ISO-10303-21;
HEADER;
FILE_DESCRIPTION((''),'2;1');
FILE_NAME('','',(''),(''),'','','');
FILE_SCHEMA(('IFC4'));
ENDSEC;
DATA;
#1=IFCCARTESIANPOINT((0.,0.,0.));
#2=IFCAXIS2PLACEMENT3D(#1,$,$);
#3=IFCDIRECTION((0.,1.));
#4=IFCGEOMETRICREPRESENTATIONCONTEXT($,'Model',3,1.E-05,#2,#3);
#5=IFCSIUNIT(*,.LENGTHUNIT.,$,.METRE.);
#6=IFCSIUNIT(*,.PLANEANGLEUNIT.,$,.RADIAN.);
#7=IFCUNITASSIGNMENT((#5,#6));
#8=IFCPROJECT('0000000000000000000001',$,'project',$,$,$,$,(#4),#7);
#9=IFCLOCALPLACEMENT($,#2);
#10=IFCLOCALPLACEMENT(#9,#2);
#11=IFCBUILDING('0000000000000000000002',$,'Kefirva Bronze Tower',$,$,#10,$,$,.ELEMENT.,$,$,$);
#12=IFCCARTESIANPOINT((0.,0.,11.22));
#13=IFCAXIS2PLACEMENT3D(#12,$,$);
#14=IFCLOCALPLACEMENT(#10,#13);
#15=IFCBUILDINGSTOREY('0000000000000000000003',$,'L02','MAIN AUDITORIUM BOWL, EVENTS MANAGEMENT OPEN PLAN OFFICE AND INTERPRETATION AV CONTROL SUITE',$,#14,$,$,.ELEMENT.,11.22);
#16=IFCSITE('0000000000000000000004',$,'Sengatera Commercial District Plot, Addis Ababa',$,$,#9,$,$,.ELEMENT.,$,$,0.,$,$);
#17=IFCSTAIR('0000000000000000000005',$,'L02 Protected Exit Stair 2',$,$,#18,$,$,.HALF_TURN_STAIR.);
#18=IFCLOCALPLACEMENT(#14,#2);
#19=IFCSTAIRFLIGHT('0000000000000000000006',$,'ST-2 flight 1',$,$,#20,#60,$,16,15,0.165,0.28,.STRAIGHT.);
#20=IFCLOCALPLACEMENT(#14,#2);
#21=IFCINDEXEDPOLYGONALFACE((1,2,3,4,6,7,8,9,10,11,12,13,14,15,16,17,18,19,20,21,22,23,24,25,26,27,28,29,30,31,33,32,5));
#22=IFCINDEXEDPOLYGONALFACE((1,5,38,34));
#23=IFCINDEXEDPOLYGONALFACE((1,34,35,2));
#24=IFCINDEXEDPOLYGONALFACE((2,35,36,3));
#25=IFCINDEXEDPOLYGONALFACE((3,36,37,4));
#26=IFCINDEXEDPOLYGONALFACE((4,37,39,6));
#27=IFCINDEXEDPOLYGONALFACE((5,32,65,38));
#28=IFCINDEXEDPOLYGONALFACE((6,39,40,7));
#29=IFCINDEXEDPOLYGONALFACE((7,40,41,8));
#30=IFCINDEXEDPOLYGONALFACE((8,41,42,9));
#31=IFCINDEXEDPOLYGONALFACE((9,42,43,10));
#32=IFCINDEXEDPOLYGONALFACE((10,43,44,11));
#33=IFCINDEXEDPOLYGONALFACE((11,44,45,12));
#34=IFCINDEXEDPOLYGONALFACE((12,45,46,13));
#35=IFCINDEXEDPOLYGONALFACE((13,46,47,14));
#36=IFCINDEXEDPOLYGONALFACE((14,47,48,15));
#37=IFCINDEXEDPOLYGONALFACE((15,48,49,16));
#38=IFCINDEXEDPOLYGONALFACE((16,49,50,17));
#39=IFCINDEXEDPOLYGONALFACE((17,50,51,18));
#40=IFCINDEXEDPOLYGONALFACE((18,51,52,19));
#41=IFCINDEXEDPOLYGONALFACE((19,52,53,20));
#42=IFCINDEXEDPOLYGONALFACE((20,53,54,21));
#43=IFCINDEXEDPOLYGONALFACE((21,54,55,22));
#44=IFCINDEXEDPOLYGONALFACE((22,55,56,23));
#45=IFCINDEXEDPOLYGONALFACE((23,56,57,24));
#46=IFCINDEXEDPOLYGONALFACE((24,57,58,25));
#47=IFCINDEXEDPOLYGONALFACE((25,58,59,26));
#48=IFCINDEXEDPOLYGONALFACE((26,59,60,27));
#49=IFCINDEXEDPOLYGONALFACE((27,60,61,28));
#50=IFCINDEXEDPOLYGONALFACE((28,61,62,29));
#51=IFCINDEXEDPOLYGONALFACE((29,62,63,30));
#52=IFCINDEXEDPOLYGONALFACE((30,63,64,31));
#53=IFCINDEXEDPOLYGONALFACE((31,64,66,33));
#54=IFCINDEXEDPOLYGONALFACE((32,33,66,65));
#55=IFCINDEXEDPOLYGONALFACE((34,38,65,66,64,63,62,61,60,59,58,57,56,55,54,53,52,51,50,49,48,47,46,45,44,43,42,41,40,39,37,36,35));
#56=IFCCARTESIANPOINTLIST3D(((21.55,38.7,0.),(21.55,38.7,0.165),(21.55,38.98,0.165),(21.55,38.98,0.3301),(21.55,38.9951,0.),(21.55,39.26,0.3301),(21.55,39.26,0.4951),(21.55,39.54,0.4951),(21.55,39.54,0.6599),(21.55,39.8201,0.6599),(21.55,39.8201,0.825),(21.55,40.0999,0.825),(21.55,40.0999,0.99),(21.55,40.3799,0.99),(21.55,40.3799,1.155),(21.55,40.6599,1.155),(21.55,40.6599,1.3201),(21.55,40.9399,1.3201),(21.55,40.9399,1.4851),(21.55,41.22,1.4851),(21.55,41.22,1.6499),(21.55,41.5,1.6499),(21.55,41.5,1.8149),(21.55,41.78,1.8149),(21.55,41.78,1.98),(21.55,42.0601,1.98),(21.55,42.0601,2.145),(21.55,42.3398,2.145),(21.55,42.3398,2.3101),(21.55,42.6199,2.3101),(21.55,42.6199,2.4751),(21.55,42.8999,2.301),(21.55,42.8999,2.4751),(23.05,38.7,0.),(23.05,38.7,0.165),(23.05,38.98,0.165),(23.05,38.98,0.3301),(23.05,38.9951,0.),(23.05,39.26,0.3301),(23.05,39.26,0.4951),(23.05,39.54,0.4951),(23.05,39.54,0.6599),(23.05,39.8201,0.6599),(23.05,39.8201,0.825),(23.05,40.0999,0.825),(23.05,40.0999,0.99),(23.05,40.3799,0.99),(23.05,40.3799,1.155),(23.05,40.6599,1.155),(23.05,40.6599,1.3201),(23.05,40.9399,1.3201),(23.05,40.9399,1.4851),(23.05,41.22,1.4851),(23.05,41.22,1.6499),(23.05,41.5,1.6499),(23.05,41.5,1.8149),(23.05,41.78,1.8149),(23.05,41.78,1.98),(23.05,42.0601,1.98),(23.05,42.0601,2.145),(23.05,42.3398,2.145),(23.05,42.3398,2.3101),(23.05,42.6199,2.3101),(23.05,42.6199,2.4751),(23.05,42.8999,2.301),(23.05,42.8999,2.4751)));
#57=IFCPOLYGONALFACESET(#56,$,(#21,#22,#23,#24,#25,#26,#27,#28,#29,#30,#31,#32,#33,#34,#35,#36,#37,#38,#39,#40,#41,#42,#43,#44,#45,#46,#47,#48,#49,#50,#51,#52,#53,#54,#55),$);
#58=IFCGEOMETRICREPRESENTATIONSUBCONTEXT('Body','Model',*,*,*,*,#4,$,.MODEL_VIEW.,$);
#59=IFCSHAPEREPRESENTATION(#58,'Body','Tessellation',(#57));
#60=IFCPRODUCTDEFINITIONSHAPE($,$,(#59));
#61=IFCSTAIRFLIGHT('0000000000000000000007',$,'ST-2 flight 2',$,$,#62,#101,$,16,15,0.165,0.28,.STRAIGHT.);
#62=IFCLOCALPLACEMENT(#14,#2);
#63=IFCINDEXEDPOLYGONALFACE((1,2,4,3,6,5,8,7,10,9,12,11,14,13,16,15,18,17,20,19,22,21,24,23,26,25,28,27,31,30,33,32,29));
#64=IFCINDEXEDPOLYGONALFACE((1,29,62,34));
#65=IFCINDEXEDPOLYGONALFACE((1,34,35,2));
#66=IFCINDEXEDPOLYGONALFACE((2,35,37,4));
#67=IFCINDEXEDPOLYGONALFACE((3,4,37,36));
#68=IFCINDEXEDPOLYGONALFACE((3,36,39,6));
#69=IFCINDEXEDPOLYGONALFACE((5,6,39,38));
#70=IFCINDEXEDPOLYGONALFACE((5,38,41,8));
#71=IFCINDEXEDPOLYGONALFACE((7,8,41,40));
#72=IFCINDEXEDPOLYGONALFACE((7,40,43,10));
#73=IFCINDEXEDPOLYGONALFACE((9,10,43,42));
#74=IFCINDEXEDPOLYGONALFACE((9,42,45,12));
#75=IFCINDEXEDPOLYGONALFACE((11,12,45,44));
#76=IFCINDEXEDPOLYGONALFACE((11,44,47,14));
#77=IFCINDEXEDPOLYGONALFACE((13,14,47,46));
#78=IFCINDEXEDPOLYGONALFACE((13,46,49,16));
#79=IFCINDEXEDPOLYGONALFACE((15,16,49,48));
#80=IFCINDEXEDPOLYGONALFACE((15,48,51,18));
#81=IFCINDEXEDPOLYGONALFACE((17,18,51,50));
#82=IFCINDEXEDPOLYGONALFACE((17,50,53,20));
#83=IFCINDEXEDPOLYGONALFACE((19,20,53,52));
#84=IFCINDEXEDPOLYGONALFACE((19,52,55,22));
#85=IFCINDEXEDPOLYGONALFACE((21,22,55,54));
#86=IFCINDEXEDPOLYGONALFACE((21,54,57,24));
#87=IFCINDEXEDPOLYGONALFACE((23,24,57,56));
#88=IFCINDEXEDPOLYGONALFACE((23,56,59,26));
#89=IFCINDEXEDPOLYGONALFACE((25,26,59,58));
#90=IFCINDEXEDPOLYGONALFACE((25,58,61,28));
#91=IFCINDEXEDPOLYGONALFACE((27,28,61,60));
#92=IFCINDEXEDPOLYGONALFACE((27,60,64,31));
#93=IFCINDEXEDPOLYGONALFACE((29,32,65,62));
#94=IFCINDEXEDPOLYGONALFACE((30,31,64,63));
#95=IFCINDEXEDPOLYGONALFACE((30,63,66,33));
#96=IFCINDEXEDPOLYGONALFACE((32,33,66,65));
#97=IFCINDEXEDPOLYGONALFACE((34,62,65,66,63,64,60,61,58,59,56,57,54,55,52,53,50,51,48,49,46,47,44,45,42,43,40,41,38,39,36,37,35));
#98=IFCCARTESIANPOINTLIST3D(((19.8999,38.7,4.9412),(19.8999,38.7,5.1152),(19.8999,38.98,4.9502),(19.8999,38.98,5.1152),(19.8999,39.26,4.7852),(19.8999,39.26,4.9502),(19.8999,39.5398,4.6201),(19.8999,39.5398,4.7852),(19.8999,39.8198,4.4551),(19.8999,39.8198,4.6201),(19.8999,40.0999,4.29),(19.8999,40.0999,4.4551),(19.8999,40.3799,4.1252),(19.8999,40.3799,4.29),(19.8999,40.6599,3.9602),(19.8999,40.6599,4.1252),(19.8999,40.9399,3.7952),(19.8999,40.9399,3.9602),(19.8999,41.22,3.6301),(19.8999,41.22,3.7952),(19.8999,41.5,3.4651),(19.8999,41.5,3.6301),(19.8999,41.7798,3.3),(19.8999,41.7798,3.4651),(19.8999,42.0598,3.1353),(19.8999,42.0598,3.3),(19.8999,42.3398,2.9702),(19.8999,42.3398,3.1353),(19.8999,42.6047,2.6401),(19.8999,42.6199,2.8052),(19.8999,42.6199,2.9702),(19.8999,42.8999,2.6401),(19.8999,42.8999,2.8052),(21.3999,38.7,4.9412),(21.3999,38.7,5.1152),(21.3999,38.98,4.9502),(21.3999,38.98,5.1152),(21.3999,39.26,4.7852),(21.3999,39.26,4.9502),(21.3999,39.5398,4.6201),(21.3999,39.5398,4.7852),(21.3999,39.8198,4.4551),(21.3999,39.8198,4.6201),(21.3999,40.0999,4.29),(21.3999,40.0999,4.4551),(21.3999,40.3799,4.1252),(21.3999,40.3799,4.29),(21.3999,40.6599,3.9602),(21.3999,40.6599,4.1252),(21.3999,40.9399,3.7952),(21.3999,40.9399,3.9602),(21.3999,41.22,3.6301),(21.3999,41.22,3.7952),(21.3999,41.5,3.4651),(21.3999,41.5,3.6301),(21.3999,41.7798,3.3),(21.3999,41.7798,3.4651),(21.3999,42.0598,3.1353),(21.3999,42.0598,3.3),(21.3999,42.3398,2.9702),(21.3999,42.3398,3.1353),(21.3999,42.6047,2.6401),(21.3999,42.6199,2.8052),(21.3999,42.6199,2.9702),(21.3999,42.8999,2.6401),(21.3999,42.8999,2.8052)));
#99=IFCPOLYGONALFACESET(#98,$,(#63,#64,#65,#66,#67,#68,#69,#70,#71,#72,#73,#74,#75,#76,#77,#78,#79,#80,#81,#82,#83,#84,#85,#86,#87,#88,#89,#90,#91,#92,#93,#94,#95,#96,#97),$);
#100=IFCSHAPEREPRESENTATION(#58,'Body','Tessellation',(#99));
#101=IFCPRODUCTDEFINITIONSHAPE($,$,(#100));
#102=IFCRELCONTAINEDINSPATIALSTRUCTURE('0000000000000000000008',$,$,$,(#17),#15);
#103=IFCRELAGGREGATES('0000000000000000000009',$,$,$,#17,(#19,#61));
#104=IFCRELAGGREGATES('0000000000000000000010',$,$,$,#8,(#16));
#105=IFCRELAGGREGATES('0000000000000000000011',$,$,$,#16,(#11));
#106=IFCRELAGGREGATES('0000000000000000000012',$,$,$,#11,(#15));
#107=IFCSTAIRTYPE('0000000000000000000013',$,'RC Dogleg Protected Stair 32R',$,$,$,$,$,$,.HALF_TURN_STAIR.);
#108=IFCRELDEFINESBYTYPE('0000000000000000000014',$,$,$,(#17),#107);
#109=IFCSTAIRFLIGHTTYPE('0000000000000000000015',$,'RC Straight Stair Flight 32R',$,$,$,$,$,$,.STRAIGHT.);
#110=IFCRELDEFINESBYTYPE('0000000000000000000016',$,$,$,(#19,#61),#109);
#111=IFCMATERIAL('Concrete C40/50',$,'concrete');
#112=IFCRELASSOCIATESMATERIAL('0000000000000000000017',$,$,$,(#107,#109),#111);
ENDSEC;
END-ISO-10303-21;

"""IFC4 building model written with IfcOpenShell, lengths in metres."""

from ifc_helpers import new_model, si_unit, direction, frame, origin, place, context, subcontext, project, spatial, polyline, outline, extrude, material, type_object, element, aggregate, save


model = new_model("IFC4")

# Units and contexts
model_context = context("Model", 3, precision=1e-05, world=origin(), true_north=direction((0.0, 1.0)))
body_context = subcontext(model_context, "Body", "Model", "MODEL_VIEW")
ifc_project = project(units=[si_unit("LENGTHUNIT", "METRE"), si_unit("PLANEANGLEUNIT", "RADIAN")], contexts=[model_context])

# Site, building, storey
site_placement = place(None, origin())
site = spatial("IfcSite", under=ifc_project, at=site_placement, Name="Sengatera Commercial District Plot, Addis Ababa", CompositionType="ELEMENT", RefElevation=0.0)
building_placement = place(site_placement, origin())
building = spatial("IfcBuilding", under=site, at=building_placement, Name="Kefirva Bronze Tower", CompositionType="ELEMENT")
storey_placement = place(building_placement, frame((0.0, 0.0, 11.22)))
storey = spatial("IfcBuildingStorey", under=building, at=storey_placement, Name="L02", Description="MAIN AUDITORIUM BOWL, EVENTS MANAGEMENT OPEN PLAN OFFICE AND INTERPRETATION AV CONTROL SUITE", CompositionType="ELEMENT", Elevation=11.22)

# Stair, stair flights
ifc_material_1 = material(Name="Concrete C40/50", Category="concrete")
stair_type = type_object("IfcStairType", Name="RC Dogleg Protected Stair 32R", PredefinedType="HALF_TURN_STAIR", material=ifc_material_1)
stair_placement = place(storey_placement, origin())
stair = element("IfcStair", 1, at=stair_placement, inside=storey, type_object=stair_type, Name="L02 Protected Exit Stair 2", PredefinedType="HALF_TURN_STAIR")
stair_flight_type = type_object("IfcStairFlightType", Name="RC Straight Stair Flight 32R", PredefinedType="STRAIGHT", material=ifc_material_1)
stair_flight_1_placement = place(storey_placement, frame((22.3, 38.7, 0.0), z_axis=(0.0, 0.0, 1.0), x_axis=(0.0, 1.0, 0.0)))
stair_flight_1 = element("IfcStairFlight", 2, at=stair_flight_1_placement, type_object=stair_flight_type, Name="ST-2 flight 1", NumberOfRisers=16, NumberOfTreads=15, PredefinedType="STRAIGHT", RiserHeight=0.165, TreadLength=0.28, context=body_context, shape_type="SweptSolid", body=[
    extrude(outline(polyline([(0.0, 0.0), (0.0, 0.165), (0.28, 0.165), (0.28, 0.3301), (0.5601, 0.3301), (0.5601, 0.4951), (0.8401, 0.4951), (0.8401, 0.6599), (1.1201, 0.6599), (1.1201, 0.825), (1.3999, 0.825), (1.3999, 0.99), (1.6799, 0.99), (1.6799, 1.155), (1.96, 1.155), (1.96, 1.3201), (2.24, 1.3201), (2.24, 1.4851), (2.52, 1.4851), (2.52, 1.6499), (2.8, 1.6499), (2.8, 1.8149), (3.0801, 1.8149), (3.0801, 1.98), (3.3601, 1.98), (3.3601, 2.145), (3.6399, 2.145), (3.6399, 2.3101), (3.9199, 2.3101), (3.9199, 2.4751), (4.2, 2.4751), (4.2, 2.6399), (4.2, 2.301), (0.2952, 0.0), (0.0, 0.0)])), frame((0.0, 0.75, 0.0), z_axis=(0.0, -1.0, 0.0), x_axis=(1.0, 0.0, 0.0)), (0.0, 0.0, 1.0), 1.5),
])
stair_flight_2_placement = place(storey_placement, frame((20.6499, 42.8999, 2.6401), z_axis=(0.0, 0.0, 1.0), x_axis=(0.0, -1.0, 0.0)))
stair_flight_2 = element("IfcStairFlight", 3, at=stair_flight_2_placement, type_object=stair_flight_type, Name="ST-2 flight 2", NumberOfRisers=16, NumberOfTreads=15, PredefinedType="STRAIGHT", RiserHeight=0.165, TreadLength=0.28, context=body_context, shape_type="SweptSolid", body=[
    extrude(outline(polyline([(0.0, 0.0), (0.0, 0.165), (0.28, 0.165), (0.28, 0.3301), (0.5601, 0.3301), (0.5601, 0.4951), (0.8401, 0.4951), (0.8401, 0.6599), (1.1201, 0.6599), (1.1201, 0.825), (1.3999, 0.825), (1.3999, 0.99), (1.6799, 0.99), (1.6799, 1.155), (1.96, 1.155), (1.96, 1.3201), (2.24, 1.3201), (2.24, 1.4851), (2.52, 1.4851), (2.52, 1.6499), (2.8, 1.6499), (2.8, 1.8149), (3.0801, 1.8149), (3.0801, 1.98), (3.3601, 1.98), (3.3601, 2.145), (3.6399, 2.145), (3.6399, 2.3101), (3.9199, 2.3101), (3.9199, 2.4751), (4.2, 2.4751), (4.2, 2.6399), (4.2, 2.301), (0.2952, 0.0), (0.0, 0.0)])), frame((0.0, 0.75, 0.0), z_axis=(0.0, -1.0, 0.0), x_axis=(1.0, 0.0, 0.0)), (0.0, 0.0, 1.0), 1.5),
])
aggregate(stair, [stair_flight_1, stair_flight_2])

save(model, "model.ifc")
